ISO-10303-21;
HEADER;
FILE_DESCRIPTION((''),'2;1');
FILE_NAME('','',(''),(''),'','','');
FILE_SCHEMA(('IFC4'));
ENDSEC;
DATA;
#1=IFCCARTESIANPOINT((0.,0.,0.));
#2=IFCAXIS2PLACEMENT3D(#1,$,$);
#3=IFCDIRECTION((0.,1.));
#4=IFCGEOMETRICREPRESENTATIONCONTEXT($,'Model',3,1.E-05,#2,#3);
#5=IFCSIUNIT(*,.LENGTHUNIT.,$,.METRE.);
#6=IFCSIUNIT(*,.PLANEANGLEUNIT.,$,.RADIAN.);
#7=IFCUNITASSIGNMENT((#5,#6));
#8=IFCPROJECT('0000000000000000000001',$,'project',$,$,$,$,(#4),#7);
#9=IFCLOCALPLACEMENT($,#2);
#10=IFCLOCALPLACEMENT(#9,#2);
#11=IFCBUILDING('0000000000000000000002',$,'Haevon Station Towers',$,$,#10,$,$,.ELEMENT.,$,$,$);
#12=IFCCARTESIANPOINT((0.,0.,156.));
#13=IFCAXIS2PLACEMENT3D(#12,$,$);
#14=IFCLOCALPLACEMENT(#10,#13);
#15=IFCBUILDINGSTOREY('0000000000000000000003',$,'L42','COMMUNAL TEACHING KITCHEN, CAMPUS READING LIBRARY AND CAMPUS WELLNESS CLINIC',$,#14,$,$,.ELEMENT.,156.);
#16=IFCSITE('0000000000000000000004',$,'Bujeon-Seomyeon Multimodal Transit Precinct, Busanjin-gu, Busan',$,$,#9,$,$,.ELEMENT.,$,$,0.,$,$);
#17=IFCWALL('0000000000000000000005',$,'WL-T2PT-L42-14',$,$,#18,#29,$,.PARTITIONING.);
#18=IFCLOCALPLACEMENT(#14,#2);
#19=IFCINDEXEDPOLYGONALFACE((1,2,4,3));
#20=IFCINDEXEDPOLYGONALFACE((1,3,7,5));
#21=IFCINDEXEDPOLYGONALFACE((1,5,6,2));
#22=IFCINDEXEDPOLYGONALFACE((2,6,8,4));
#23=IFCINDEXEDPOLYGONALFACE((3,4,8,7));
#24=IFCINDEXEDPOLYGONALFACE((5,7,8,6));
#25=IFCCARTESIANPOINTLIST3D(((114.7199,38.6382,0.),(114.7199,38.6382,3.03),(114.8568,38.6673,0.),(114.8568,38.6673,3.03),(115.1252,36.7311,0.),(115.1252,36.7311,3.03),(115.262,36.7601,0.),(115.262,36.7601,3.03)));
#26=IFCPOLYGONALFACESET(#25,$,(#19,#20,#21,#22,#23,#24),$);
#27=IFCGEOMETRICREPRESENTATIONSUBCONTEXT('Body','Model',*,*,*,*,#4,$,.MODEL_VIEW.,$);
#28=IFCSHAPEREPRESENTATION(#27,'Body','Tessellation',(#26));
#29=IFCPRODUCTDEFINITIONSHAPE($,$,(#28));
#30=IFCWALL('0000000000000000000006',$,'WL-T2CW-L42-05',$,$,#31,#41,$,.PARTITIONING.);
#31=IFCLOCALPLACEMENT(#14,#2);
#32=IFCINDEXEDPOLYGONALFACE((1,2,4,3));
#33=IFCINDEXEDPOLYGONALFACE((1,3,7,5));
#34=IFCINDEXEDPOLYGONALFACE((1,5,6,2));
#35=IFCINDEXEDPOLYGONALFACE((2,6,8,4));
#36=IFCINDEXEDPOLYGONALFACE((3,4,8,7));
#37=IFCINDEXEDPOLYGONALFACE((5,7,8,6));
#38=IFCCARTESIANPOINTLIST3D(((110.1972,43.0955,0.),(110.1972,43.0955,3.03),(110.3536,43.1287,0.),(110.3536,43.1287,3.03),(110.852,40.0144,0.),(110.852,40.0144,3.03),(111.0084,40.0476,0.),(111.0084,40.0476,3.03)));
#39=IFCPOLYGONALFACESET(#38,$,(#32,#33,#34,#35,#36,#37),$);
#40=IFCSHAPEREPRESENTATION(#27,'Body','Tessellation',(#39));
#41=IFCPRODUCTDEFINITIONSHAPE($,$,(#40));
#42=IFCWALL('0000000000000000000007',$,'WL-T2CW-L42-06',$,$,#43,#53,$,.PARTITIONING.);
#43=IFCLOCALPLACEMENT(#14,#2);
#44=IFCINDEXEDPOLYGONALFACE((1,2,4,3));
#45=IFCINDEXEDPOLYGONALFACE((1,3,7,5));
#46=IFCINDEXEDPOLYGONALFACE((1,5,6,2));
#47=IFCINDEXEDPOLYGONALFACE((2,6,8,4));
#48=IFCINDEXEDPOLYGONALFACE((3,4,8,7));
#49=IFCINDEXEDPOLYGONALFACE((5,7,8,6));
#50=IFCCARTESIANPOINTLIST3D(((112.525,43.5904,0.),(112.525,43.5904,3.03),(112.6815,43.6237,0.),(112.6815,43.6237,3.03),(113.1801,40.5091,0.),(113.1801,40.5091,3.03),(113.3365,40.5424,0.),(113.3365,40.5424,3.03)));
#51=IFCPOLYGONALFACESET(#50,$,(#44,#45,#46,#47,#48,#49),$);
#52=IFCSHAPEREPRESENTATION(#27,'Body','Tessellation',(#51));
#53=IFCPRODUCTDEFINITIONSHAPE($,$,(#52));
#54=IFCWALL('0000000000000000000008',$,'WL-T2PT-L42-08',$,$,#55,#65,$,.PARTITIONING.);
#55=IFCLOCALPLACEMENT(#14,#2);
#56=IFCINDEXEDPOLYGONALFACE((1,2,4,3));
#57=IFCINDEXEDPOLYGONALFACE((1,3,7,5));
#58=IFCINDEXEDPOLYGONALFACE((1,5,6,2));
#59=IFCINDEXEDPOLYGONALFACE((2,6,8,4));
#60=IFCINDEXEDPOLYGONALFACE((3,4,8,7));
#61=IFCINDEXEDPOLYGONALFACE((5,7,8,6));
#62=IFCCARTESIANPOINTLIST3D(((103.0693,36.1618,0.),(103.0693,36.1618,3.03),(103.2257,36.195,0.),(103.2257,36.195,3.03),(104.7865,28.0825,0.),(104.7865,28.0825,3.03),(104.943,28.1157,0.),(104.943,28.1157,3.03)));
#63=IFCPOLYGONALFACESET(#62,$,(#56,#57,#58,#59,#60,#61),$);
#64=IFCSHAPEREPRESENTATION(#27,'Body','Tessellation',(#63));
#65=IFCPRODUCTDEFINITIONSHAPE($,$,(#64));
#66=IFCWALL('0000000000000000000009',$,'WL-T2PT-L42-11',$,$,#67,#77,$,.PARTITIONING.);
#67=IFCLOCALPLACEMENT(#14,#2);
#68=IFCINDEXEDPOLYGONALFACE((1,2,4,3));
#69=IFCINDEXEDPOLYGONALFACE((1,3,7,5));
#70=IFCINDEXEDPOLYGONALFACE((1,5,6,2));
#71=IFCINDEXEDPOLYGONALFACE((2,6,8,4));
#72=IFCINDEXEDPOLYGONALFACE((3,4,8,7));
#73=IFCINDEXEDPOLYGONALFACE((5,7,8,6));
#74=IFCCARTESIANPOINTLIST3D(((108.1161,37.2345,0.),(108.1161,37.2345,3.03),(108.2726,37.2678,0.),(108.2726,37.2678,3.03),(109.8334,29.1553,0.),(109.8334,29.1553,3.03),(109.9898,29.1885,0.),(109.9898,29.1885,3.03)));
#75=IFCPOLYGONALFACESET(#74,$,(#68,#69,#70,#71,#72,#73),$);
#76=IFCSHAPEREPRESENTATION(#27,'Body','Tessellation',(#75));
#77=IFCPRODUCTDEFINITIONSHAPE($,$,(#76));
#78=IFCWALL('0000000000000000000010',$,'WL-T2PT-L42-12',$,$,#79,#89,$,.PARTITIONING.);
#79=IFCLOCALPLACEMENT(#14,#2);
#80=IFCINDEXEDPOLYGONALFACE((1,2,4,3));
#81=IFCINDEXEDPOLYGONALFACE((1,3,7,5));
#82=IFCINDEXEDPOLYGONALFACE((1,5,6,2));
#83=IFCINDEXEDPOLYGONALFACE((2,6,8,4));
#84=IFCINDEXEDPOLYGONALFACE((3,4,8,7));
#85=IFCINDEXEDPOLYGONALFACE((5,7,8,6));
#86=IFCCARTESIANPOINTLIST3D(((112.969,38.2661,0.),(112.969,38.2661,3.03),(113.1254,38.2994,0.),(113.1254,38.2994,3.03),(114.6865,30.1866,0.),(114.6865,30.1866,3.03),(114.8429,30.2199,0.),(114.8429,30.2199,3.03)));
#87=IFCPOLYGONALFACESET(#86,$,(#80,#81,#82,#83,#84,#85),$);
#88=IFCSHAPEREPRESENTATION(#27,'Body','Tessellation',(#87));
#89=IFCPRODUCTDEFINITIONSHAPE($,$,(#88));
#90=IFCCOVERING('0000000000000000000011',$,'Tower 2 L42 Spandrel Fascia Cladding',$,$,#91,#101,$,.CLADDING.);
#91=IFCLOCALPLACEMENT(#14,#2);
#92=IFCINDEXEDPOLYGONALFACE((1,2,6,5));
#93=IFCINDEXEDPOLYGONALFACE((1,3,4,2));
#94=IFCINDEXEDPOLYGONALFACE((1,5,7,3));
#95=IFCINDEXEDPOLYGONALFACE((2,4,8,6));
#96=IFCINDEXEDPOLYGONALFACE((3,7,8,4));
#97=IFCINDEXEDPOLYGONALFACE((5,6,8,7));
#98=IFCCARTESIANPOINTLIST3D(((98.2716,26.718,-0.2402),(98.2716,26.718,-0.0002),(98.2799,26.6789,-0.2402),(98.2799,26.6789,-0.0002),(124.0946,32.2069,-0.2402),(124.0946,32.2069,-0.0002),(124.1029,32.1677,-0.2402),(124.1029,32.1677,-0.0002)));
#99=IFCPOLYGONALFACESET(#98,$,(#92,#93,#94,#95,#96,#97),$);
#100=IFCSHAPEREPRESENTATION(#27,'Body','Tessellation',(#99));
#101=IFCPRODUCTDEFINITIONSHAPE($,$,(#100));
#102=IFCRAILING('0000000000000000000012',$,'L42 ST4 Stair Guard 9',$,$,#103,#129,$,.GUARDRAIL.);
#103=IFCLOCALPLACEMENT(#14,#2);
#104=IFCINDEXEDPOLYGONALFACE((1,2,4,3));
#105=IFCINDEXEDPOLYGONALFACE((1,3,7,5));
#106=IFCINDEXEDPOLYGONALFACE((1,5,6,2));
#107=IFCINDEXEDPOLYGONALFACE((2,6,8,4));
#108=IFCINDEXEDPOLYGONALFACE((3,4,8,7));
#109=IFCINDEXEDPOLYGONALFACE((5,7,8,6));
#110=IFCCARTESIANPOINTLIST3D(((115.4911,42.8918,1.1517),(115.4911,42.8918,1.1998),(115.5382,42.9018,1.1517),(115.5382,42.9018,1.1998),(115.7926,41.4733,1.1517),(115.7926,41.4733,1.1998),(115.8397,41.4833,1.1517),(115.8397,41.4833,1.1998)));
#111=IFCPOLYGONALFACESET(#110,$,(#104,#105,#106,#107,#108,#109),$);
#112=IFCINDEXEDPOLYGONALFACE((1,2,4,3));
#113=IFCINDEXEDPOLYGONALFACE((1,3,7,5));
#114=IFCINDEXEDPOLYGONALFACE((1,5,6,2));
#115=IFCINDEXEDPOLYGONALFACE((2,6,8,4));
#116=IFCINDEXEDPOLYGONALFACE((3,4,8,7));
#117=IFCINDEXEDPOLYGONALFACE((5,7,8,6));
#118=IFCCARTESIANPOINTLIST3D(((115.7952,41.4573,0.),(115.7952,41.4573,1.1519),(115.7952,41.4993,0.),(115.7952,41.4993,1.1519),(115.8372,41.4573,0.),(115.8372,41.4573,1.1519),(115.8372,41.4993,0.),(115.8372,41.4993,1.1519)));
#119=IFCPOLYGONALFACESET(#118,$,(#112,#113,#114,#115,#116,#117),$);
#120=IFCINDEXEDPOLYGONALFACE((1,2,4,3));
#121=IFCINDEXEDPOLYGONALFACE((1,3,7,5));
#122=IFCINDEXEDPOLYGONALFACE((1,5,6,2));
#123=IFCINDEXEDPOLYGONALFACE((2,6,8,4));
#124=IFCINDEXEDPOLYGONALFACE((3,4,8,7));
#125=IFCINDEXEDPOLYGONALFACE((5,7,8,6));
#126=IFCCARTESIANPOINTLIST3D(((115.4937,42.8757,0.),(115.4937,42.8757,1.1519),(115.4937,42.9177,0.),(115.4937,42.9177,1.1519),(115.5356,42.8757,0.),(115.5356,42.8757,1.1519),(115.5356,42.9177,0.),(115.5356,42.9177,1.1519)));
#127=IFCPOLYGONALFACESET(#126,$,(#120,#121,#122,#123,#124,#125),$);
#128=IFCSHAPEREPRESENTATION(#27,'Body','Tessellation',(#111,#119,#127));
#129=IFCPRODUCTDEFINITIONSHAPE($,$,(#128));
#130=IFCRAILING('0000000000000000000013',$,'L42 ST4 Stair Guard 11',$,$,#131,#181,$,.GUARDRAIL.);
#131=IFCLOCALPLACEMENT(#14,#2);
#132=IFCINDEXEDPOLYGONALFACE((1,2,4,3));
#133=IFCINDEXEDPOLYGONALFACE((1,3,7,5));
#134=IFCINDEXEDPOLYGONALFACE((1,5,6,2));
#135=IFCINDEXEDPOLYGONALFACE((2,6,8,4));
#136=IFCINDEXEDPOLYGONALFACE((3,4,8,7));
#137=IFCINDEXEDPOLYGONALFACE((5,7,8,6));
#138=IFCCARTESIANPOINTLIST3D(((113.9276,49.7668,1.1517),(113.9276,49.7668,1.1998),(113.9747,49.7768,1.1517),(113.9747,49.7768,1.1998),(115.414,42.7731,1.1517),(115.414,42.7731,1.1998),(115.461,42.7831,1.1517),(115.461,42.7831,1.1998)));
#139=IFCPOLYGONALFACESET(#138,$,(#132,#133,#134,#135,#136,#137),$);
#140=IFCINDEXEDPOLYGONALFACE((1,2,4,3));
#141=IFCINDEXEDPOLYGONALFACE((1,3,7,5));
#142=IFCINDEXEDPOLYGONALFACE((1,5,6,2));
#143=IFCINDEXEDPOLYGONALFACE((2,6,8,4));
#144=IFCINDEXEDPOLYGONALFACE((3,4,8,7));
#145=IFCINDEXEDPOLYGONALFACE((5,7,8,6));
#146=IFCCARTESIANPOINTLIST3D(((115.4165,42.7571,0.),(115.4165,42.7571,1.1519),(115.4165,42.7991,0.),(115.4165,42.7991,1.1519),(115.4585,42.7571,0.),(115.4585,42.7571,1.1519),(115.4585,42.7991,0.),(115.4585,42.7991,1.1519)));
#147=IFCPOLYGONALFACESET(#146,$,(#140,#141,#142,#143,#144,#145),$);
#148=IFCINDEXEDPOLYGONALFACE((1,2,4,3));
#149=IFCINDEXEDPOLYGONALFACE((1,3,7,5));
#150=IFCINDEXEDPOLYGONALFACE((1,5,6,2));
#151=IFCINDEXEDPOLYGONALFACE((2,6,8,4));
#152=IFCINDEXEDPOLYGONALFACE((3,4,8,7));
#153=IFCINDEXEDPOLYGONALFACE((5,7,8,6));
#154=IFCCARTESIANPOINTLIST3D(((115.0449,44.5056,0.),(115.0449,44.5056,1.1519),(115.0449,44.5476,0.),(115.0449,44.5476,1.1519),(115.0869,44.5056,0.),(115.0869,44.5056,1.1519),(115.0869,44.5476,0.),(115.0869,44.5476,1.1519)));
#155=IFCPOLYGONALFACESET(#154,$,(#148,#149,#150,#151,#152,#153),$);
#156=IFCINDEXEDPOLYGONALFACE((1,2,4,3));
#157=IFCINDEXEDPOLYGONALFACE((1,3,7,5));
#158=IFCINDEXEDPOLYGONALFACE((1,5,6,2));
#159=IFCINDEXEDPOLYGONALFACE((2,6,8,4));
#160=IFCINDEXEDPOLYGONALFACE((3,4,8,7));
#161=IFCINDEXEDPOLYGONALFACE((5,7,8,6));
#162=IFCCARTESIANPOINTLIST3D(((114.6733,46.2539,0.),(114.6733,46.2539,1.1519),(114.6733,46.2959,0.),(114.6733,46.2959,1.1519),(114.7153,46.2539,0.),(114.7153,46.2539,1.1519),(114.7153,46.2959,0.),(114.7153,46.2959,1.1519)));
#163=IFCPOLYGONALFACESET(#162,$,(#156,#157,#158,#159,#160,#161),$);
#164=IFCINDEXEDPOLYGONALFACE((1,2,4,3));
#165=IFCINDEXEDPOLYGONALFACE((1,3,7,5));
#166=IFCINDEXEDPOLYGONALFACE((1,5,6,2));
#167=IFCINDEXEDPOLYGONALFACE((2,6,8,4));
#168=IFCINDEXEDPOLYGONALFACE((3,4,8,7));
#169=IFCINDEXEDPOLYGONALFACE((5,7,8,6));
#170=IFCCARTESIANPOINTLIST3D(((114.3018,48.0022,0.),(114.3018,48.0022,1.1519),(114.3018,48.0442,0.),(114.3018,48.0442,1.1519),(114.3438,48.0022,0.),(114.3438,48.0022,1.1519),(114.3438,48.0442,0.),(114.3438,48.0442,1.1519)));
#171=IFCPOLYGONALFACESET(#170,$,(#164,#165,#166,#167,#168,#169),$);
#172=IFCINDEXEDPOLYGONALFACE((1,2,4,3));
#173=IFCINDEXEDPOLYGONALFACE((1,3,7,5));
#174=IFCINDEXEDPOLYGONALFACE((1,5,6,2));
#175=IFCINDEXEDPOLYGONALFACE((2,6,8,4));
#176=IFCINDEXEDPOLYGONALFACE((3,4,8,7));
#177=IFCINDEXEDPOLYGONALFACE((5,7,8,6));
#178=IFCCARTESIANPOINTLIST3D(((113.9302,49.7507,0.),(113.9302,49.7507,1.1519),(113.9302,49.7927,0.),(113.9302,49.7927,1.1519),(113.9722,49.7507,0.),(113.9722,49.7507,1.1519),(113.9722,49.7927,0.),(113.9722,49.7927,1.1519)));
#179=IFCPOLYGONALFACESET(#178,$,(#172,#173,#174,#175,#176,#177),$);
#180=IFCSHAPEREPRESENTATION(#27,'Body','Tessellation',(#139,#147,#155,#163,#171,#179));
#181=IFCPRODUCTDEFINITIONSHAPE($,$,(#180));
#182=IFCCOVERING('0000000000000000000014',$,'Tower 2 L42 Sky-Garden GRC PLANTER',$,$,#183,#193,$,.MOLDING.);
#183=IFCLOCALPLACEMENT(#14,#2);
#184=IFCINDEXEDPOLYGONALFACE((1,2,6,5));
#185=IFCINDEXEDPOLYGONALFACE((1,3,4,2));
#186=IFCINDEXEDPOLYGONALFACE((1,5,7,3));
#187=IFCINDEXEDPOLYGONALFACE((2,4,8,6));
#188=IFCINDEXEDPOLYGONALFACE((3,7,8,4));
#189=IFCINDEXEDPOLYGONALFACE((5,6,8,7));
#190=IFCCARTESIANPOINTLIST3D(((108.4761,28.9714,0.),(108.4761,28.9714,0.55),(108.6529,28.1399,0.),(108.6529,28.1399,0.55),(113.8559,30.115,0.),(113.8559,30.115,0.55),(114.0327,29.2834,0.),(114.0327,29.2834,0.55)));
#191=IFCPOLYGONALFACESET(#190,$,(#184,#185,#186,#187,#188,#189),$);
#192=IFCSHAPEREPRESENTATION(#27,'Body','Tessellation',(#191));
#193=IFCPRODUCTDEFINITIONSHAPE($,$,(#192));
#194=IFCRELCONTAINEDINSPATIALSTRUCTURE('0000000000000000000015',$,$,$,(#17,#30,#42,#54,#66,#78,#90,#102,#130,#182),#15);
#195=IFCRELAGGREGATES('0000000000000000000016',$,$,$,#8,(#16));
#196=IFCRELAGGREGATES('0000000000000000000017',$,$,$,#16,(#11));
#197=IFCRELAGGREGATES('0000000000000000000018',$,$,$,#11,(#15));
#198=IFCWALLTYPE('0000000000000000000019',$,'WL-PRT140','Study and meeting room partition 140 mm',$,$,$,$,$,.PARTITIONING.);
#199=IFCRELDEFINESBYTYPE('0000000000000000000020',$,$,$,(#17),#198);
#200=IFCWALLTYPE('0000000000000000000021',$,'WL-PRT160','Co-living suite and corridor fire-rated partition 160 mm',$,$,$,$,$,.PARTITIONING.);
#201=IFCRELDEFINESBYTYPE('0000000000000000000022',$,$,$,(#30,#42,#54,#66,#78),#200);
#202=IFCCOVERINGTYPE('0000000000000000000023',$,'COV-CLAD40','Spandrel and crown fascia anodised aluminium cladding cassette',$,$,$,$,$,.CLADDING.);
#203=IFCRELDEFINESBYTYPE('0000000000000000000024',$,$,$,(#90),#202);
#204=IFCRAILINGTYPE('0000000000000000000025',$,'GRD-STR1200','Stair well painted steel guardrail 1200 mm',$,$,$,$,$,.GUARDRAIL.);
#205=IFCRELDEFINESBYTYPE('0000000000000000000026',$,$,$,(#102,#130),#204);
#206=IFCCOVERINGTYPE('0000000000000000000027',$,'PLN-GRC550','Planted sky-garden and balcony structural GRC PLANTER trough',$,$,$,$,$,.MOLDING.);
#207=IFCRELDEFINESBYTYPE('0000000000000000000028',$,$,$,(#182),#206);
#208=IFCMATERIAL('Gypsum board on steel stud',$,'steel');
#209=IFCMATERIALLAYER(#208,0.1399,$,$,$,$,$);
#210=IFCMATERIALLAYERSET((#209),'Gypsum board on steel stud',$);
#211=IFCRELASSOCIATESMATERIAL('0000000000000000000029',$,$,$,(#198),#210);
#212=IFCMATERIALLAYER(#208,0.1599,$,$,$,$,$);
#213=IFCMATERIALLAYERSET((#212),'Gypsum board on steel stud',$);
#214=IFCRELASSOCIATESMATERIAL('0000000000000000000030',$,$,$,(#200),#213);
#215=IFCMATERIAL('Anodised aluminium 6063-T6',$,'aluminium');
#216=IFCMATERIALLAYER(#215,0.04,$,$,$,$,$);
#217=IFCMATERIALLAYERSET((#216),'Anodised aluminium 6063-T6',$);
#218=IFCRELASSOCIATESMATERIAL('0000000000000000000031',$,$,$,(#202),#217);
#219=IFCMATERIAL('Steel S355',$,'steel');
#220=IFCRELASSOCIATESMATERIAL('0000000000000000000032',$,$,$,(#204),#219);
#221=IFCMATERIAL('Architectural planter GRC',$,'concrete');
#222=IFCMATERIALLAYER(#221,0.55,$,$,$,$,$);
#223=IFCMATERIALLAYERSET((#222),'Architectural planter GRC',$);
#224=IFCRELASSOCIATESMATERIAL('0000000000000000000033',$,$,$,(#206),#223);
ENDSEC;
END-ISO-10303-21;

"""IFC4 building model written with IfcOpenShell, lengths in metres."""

from ifc_helpers import new_model, si_unit, direction, frame, frame_2d, origin, origin_2d, place, context, subcontext, project, spatial, rectangle, extrude, material, layer, layer_set, type_object, element, save


model = new_model("IFC4")

# Units and contexts
model_context = context("Model", 3, precision=1e-05, world=origin(), true_north=direction((0.0, 1.0)))
body_context = subcontext(model_context, "Body", "Model", "MODEL_VIEW")
ifc_project = project(units=[si_unit("LENGTHUNIT", "METRE"), si_unit("PLANEANGLEUNIT", "RADIAN")], contexts=[model_context])

# Site, building, storey
site_placement = place(None, origin())
site = spatial("IfcSite", under=ifc_project, at=site_placement, Name="Bujeon-Seomyeon Multimodal Transit Precinct, Busanjin-gu, Busan", CompositionType="ELEMENT", RefElevation=0.0)
building_placement = place(site_placement, origin())
building = spatial("IfcBuilding", under=site, at=building_placement, Name="Haevon Station Towers", CompositionType="ELEMENT")
storey_placement = place(building_placement, frame((0.0, 0.0, 156.0)))
storey = spatial("IfcBuildingStorey", under=building, at=storey_placement, Name="L42", Description="COMMUNAL TEACHING KITCHEN, CAMPUS READING LIBRARY AND CAMPUS WELLNESS CLINIC", CompositionType="ELEMENT", Elevation=156.0)

# Shared definitions
ifc_material_1 = material(Name="Steel S355", Category="steel")

# Shared definitions
ifc_material_2 = material(Name="Gypsum board on steel stud", Category="steel")

# Walls
ifc_layer_1 = layer(ifc_material_2, 0.1399)
ifc_layer_set_1 = layer_set([ifc_layer_1], Name="Gypsum board on steel stud")
wall_type_1 = type_object("IfcWallType", Name="WL-PRT140", Description="Study and meeting room partition 140 mm", PredefinedType="PARTITIONING", material=ifc_layer_set_1)
wall_1_placement = place(storey_placement, frame((115.1936, 36.7456, 0.0), z_axis=(0.0, 0.0, 1.0), x_axis=(-0.207853, 0.97816, 0.0)))
element("IfcWall", 1, at=wall_1_placement, inside=storey, type_object=wall_type_1, Name="WL-T2PT-L42-14", PredefinedType="PARTITIONING", context=body_context, shape_type="SweptSolid", body=[
    extrude(rectangle(XDim=1.9497, YDim=0.1399, at=frame_2d((0.9749, 0.0))), origin(), (0.0, 0.0, 1.0), 3.03),
])
ifc_layer_2 = layer(ifc_material_2, 0.1599)
ifc_layer_set_2 = layer_set([ifc_layer_2], Name="Gypsum board on steel stud")
wall_type_2 = type_object("IfcWallType", Name="WL-PRT160", Description="Co-living suite and corridor fire-rated partition 160 mm", PredefinedType="PARTITIONING", material=ifc_layer_set_2)
wall_2_placement = place(storey_placement, frame((110.9302, 40.031, 0.0), z_axis=(0.0, 0.0, 1.0), x_axis=(-0.207877, 0.978155, 0.0)))
element("IfcWall", 2, at=wall_2_placement, inside=storey, type_object=wall_type_2, Name="WL-T2CW-L42-05", PredefinedType="PARTITIONING", context=body_context, shape_type="SweptSolid", body=[
    extrude(rectangle(XDim=3.1499, YDim=0.1599, at=frame_2d((1.575, 0.0))), origin(), (0.0, 0.0, 1.0), 3.03),
])
wall_3_placement = place(storey_placement, frame((113.2583, 40.5256, 0.0), z_axis=(0.0, 0.0, 1.0), x_axis=(-0.207936, 0.978142, 0.0)))
element("IfcWall", 3, at=wall_3_placement, inside=storey, type_object=wall_type_2, Name="WL-T2CW-L42-06", PredefinedType="PARTITIONING", context=body_context, shape_type="SweptSolid", body=[
    extrude(rectangle(XDim=3.1501, YDim=0.1599, at=frame_2d((1.5752, 0.0))), origin(), (0.0, 0.0, 1.0), 3.03),
])
for number, where, z_axis, x_axis, name in (
    (4, (104.8647, 28.0991, 0.0), (0.0, 0.0, 1.0), (-0.207908, 0.978148, 0.0), "WL-T2PT-L42-08"),
    (5, (109.9116, 29.1719, 0.0), (0.0, 0.0, 1.0), (-0.207908, 0.978148, 0.0), "WL-T2PT-L42-11"),
):
    element("IfcWall", number, at=place(storey_placement, frame(where, z_axis=z_axis, x_axis=x_axis)), inside=storey, type_object=wall_type_2, Name=name, PredefinedType="PARTITIONING", context=body_context, shape_type="SweptSolid", body=[
        extrude(rectangle(XDim=8.2598, YDim=0.1599, at=frame_2d((4.1299, 0.0))), origin(), (0.0, 0.0, 1.0), 3.03),
    ])
wall_4_placement = place(storey_placement, frame((114.7646, 30.2034, 0.0), z_axis=(0.0, 0.0, 1.0), x_axis=(-0.20793, 0.978144, 0.0)))
element("IfcWall", 6, at=wall_4_placement, inside=storey, type_object=wall_type_2, Name="WL-T2PT-L42-12", PredefinedType="PARTITIONING", context=body_context, shape_type="SweptSolid", body=[
    extrude(rectangle(XDim=8.26, YDim=0.1599, at=frame_2d((4.1299, 0.0))), origin(), (0.0, 0.0, 1.0), 3.03),
])

# Covering
ifc_material_3 = material(Name="Anodised aluminium 6063-T6", Category="aluminium")
ifc_layer_3 = layer(ifc_material_3, 0.04)
ifc_layer_set_3 = layer_set([ifc_layer_3], Name="Anodised aluminium 6063-T6")
covering_type_1 = type_object("IfcCoveringType", Name="COV-CLAD40", Description="Spandrel and crown fascia anodised aluminium cladding cassette", PredefinedType="CLADDING", material=ifc_layer_set_3)
covering_1_placement = place(storey_placement, frame((111.1873, 29.4429, -0.2402), z_axis=(0.0, 0.0, 1.0), x_axis=(0.978148, 0.207912, 0.0)))
element("IfcCovering", 7, at=covering_1_placement, inside=storey, type_object=covering_type_1, Name="Tower 2 L42 Spandrel Fascia Cladding", PredefinedType="CLADDING", context=body_context, shape_type="SweptSolid", body=[
    extrude(rectangle(XDim=26.3999, YDim=0.04, at=origin_2d()), origin(), (0.0, 0.0, 1.0), 0.24),
])

# Railings
railing_type = type_object("IfcRailingType", Name="GRD-STR1200", Description="Stair well painted steel guardrail 1200 mm", PredefinedType="GUARDRAIL", material=ifc_material_1)
railing_1_placement = place(storey_placement, frame((115.8162, 41.4783, 0.0)))
element("IfcRailing", 8, at=railing_1_placement, inside=storey, type_object=railing_type, Name="L42 ST4 Stair Guard 9", PredefinedType="GUARDRAIL", context=body_context, shape_type="SweptSolid", body=[
    extrude(rectangle(XDim=0.0481, YDim=0.0481, at=origin_2d()), frame((0.0, 0.0, 1.1758), z_axis=(-0.207919, 0.978146, 0.0), x_axis=(-0.978146, -0.207919, 0.0)), (0.0, 0.0, 1.0), 1.4502),
    extrude(rectangle(XDim=0.042, YDim=0.042, at=origin_2d()), origin(), (0.0, 0.0, 1.0), 1.1519),
    extrude(rectangle(XDim=0.042, YDim=0.042, at=origin_2d()), frame((-0.3015, 1.4185, 0.0)), (0.0, 0.0, 1.0), 1.1519),
])
railing_2_placement = place(storey_placement, frame((115.4375, 42.7781, 0.0)))
element("IfcRailing", 9, at=railing_2_placement, inside=storey, type_object=railing_type, Name="L42 ST4 Stair Guard 11", PredefinedType="GUARDRAIL", context=body_context, shape_type="SweptSolid", body=[
    extrude(rectangle(XDim=0.0481, YDim=0.0481, at=origin_2d()), frame((0.0, 0.0, 1.1758), z_axis=(-0.207882, 0.978154, 0.0), x_axis=(-0.978154, -0.207882, 0.0)), (0.0, 0.0, 1.0), 7.1499),
    extrude(rectangle(XDim=0.042, YDim=0.042, at=origin_2d()), origin(), (0.0, 0.0, 1.0), 1.1519),
    extrude(rectangle(XDim=0.042, YDim=0.042, at=origin_2d()), frame((-0.3716, 1.7485, 0.0)), (0.0, 0.0, 1.0), 1.1519),
    extrude(rectangle(XDim=0.042, YDim=0.042, at=origin_2d()), frame((-0.7432, 3.4968, 0.0)), (0.0, 0.0, 1.0), 1.1519),
    extrude(rectangle(XDim=0.042, YDim=0.042, at=origin_2d()), frame((-1.1147, 5.2451, 0.0)), (0.0, 0.0, 1.0), 1.1519),
    extrude(rectangle(XDim=0.042, YDim=0.042, at=origin_2d()), frame((-1.4863, 6.9937, 0.0)), (0.0, 0.0, 1.0), 1.1519),
])

# Covering
ifc_material_4 = material(Name="Architectural planter GRC", Category="concrete")
ifc_layer_4 = layer(ifc_material_4, 0.55)
ifc_layer_set_4 = layer_set([ifc_layer_4], Name="Architectural planter GRC")
covering_type_2 = type_object("IfcCoveringType", Name="PLN-GRC550", Description="Planted sky-garden and balcony structural GRC PLANTER trough", PredefinedType="MOLDING", material=ifc_layer_set_4)
covering_2_placement = place(storey_placement, frame((111.2544, 29.1274, 0.0), z_axis=(0.0, 0.0, 1.0), x_axis=(0.978148, 0.207912, 0.0)))
element("IfcCovering", 10, at=covering_2_placement, inside=storey, type_object=covering_type_2, Name="Tower 2 L42 Sky-Garden GRC PLANTER", PredefinedType="MOLDING", context=body_context, shape_type="SweptSolid", body=[
    extrude(rectangle(XDim=5.5, YDim=0.8501, at=origin_2d()), origin(), (0.0, 0.0, 1.0), 0.55),
])

save(model, "model.ifc")
